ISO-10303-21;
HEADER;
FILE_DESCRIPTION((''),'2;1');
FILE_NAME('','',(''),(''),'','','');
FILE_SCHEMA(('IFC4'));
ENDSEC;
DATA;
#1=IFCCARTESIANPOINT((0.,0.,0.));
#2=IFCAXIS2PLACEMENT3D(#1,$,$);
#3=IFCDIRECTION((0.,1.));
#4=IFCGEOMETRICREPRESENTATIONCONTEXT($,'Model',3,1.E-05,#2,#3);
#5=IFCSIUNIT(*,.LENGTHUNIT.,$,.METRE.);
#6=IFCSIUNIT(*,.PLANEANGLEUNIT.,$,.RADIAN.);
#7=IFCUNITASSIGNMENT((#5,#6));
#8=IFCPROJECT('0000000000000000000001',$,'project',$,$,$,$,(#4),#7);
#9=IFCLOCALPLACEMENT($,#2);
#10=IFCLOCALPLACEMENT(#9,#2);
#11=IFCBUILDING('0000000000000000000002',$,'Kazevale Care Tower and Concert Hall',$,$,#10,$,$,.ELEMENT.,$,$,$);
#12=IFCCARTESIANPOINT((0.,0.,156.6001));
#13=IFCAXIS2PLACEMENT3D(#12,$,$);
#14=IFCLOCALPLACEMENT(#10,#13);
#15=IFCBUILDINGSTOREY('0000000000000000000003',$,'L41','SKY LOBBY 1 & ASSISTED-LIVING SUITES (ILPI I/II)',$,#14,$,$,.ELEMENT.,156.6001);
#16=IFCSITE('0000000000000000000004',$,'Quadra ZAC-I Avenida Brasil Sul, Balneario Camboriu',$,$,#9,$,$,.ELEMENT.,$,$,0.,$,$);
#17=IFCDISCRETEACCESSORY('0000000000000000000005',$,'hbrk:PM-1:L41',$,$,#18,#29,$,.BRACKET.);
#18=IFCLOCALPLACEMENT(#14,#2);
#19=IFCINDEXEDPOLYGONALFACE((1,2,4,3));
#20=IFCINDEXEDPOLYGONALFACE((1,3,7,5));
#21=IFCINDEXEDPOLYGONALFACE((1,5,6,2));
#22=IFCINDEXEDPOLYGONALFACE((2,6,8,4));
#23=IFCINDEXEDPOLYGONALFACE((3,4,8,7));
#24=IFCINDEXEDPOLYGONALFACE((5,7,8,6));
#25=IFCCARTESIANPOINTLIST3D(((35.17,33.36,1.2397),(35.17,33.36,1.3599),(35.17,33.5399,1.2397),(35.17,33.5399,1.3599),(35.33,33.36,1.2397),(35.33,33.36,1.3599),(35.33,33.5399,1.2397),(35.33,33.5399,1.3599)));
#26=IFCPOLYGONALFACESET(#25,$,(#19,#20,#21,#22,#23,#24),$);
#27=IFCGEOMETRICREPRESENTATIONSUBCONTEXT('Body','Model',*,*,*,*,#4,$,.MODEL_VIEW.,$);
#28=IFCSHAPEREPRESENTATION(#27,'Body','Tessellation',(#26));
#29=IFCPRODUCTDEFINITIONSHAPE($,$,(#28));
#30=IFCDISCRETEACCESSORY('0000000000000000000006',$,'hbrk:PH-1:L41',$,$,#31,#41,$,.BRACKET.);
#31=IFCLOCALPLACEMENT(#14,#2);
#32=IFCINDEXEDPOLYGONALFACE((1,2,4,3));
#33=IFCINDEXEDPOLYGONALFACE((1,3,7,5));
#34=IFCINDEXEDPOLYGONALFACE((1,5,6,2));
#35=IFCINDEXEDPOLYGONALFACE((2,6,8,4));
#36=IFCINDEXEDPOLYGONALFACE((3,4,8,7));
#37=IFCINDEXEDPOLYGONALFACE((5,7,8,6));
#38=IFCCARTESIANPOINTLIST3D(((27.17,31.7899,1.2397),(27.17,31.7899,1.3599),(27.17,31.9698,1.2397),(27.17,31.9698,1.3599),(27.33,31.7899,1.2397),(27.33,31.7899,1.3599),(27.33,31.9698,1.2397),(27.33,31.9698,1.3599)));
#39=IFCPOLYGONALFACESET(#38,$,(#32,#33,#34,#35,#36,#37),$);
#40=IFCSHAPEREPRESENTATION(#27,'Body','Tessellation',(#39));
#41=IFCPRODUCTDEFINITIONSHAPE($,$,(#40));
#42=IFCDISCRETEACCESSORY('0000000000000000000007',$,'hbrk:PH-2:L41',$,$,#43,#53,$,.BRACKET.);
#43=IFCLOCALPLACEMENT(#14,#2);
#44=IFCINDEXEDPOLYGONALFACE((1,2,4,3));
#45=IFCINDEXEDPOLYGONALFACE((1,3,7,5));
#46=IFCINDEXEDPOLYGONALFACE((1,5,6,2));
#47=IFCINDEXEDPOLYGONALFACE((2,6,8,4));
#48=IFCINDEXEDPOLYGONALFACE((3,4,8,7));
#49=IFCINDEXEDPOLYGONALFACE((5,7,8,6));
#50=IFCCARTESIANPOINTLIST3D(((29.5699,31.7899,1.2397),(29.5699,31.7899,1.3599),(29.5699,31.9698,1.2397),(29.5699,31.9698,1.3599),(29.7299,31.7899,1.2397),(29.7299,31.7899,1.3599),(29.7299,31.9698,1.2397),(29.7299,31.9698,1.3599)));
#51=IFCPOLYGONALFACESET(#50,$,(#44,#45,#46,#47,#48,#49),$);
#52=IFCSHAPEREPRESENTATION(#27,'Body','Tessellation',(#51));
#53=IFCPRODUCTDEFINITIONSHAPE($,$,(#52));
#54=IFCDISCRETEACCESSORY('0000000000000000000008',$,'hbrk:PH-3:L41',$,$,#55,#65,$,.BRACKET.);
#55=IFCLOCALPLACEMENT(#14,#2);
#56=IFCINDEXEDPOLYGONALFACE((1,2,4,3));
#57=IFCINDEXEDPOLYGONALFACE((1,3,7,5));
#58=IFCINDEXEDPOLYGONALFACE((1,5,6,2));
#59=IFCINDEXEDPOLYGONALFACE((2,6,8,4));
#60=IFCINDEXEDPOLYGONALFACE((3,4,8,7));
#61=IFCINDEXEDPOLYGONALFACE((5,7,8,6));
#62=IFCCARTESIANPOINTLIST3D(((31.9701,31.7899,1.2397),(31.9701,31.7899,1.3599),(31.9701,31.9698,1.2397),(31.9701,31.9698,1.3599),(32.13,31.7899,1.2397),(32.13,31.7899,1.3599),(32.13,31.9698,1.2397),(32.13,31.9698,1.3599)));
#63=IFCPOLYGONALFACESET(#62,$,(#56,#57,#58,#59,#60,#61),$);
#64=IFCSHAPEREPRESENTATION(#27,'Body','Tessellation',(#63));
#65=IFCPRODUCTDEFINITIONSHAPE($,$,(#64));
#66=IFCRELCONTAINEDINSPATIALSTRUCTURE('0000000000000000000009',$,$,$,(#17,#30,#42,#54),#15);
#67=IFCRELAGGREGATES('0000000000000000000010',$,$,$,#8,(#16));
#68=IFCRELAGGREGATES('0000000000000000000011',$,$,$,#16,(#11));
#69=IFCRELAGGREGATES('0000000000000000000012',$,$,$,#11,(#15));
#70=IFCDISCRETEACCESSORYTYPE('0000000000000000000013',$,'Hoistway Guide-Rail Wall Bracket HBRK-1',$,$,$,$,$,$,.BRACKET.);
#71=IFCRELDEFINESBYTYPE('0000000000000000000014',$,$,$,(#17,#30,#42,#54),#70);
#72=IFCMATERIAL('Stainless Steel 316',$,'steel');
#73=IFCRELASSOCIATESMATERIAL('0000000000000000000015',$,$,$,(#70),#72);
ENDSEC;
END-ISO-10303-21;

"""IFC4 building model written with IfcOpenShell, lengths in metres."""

from ifc_helpers import new_model, si_unit, direction, frame, origin, origin_2d, place, context, subcontext, project, spatial, rectangle, extrude, material, type_object, element, save


model = new_model("IFC4")

# Units and contexts
model_context = context("Model", 3, precision=1e-05, world=origin(), true_north=direction((0.0, 1.0)))
body_context = subcontext(model_context, "Body", "Model", "MODEL_VIEW")
ifc_project = project(units=[si_unit("LENGTHUNIT", "METRE"), si_unit("PLANEANGLEUNIT", "RADIAN")], contexts=[model_context])

# Site, building, storey
site_placement = place(None, origin())
site = spatial("IfcSite", under=ifc_project, at=site_placement, Name="Quadra ZAC-I Avenida Brasil Sul, Balneario Camboriu", CompositionType="ELEMENT", RefElevation=0.0)
building_placement = place(site_placement, origin())
building = spatial("IfcBuilding", under=site, at=building_placement, Name="Kazevale Care Tower and Concert Hall", CompositionType="ELEMENT")
storey_placement = place(building_placement, frame((0.0, 0.0, 156.6001)))
storey = spatial("IfcBuildingStorey", under=building, at=storey_placement, Name="L41", Description="SKY LOBBY 1 & ASSISTED-LIVING SUITES (ILPI I/II)", CompositionType="ELEMENT", Elevation=156.6001)

# Shared definitions
ifc_material_1 = material(Name="Stainless Steel 316", Category="steel")

# Discrete accessories
discrete_accessory_type = type_object("IfcDiscreteAccessoryType", Name="Hoistway Guide-Rail Wall Bracket HBRK-1", PredefinedType="BRACKET", material=ifc_material_1)
for number, where, z_axis, x_axis, name in (
    (1, (35.25, 33.45, 1.2397), (0.0, 0.0, 1.0), (1.0, 0.0, 0.0), "hbrk:PM-1:L41"),
    (2, (27.25, 31.8799, 1.2397), (0.0, 0.0, 1.0), (1.0, 0.0, 0.0), "hbrk:PH-1:L41"),
    (3, (29.6499, 31.8799, 1.2397), (0.0, 0.0, 1.0), (1.0, 0.0, 0.0), "hbrk:PH-2:L41"),
    (4, (32.05, 31.8799, 1.2397), (0.0, 0.0, 1.0), (1.0, 0.0, 0.0), "hbrk:PH-3:L41"),
):
    element("IfcDiscreteAccessory", number, at=place(storey_placement, frame(where, z_axis=z_axis, x_axis=x_axis)), inside=storey, type_object=discrete_accessory_type, Name=name, PredefinedType="BRACKET", context=body_context, shape_type="SweptSolid", body=[
        extrude(rectangle(XDim=0.1599, YDim=0.1799, at=origin_2d()), origin(), (0.0, 0.0, 1.0), 0.1201),
    ])

save(model, "model.ifc")
